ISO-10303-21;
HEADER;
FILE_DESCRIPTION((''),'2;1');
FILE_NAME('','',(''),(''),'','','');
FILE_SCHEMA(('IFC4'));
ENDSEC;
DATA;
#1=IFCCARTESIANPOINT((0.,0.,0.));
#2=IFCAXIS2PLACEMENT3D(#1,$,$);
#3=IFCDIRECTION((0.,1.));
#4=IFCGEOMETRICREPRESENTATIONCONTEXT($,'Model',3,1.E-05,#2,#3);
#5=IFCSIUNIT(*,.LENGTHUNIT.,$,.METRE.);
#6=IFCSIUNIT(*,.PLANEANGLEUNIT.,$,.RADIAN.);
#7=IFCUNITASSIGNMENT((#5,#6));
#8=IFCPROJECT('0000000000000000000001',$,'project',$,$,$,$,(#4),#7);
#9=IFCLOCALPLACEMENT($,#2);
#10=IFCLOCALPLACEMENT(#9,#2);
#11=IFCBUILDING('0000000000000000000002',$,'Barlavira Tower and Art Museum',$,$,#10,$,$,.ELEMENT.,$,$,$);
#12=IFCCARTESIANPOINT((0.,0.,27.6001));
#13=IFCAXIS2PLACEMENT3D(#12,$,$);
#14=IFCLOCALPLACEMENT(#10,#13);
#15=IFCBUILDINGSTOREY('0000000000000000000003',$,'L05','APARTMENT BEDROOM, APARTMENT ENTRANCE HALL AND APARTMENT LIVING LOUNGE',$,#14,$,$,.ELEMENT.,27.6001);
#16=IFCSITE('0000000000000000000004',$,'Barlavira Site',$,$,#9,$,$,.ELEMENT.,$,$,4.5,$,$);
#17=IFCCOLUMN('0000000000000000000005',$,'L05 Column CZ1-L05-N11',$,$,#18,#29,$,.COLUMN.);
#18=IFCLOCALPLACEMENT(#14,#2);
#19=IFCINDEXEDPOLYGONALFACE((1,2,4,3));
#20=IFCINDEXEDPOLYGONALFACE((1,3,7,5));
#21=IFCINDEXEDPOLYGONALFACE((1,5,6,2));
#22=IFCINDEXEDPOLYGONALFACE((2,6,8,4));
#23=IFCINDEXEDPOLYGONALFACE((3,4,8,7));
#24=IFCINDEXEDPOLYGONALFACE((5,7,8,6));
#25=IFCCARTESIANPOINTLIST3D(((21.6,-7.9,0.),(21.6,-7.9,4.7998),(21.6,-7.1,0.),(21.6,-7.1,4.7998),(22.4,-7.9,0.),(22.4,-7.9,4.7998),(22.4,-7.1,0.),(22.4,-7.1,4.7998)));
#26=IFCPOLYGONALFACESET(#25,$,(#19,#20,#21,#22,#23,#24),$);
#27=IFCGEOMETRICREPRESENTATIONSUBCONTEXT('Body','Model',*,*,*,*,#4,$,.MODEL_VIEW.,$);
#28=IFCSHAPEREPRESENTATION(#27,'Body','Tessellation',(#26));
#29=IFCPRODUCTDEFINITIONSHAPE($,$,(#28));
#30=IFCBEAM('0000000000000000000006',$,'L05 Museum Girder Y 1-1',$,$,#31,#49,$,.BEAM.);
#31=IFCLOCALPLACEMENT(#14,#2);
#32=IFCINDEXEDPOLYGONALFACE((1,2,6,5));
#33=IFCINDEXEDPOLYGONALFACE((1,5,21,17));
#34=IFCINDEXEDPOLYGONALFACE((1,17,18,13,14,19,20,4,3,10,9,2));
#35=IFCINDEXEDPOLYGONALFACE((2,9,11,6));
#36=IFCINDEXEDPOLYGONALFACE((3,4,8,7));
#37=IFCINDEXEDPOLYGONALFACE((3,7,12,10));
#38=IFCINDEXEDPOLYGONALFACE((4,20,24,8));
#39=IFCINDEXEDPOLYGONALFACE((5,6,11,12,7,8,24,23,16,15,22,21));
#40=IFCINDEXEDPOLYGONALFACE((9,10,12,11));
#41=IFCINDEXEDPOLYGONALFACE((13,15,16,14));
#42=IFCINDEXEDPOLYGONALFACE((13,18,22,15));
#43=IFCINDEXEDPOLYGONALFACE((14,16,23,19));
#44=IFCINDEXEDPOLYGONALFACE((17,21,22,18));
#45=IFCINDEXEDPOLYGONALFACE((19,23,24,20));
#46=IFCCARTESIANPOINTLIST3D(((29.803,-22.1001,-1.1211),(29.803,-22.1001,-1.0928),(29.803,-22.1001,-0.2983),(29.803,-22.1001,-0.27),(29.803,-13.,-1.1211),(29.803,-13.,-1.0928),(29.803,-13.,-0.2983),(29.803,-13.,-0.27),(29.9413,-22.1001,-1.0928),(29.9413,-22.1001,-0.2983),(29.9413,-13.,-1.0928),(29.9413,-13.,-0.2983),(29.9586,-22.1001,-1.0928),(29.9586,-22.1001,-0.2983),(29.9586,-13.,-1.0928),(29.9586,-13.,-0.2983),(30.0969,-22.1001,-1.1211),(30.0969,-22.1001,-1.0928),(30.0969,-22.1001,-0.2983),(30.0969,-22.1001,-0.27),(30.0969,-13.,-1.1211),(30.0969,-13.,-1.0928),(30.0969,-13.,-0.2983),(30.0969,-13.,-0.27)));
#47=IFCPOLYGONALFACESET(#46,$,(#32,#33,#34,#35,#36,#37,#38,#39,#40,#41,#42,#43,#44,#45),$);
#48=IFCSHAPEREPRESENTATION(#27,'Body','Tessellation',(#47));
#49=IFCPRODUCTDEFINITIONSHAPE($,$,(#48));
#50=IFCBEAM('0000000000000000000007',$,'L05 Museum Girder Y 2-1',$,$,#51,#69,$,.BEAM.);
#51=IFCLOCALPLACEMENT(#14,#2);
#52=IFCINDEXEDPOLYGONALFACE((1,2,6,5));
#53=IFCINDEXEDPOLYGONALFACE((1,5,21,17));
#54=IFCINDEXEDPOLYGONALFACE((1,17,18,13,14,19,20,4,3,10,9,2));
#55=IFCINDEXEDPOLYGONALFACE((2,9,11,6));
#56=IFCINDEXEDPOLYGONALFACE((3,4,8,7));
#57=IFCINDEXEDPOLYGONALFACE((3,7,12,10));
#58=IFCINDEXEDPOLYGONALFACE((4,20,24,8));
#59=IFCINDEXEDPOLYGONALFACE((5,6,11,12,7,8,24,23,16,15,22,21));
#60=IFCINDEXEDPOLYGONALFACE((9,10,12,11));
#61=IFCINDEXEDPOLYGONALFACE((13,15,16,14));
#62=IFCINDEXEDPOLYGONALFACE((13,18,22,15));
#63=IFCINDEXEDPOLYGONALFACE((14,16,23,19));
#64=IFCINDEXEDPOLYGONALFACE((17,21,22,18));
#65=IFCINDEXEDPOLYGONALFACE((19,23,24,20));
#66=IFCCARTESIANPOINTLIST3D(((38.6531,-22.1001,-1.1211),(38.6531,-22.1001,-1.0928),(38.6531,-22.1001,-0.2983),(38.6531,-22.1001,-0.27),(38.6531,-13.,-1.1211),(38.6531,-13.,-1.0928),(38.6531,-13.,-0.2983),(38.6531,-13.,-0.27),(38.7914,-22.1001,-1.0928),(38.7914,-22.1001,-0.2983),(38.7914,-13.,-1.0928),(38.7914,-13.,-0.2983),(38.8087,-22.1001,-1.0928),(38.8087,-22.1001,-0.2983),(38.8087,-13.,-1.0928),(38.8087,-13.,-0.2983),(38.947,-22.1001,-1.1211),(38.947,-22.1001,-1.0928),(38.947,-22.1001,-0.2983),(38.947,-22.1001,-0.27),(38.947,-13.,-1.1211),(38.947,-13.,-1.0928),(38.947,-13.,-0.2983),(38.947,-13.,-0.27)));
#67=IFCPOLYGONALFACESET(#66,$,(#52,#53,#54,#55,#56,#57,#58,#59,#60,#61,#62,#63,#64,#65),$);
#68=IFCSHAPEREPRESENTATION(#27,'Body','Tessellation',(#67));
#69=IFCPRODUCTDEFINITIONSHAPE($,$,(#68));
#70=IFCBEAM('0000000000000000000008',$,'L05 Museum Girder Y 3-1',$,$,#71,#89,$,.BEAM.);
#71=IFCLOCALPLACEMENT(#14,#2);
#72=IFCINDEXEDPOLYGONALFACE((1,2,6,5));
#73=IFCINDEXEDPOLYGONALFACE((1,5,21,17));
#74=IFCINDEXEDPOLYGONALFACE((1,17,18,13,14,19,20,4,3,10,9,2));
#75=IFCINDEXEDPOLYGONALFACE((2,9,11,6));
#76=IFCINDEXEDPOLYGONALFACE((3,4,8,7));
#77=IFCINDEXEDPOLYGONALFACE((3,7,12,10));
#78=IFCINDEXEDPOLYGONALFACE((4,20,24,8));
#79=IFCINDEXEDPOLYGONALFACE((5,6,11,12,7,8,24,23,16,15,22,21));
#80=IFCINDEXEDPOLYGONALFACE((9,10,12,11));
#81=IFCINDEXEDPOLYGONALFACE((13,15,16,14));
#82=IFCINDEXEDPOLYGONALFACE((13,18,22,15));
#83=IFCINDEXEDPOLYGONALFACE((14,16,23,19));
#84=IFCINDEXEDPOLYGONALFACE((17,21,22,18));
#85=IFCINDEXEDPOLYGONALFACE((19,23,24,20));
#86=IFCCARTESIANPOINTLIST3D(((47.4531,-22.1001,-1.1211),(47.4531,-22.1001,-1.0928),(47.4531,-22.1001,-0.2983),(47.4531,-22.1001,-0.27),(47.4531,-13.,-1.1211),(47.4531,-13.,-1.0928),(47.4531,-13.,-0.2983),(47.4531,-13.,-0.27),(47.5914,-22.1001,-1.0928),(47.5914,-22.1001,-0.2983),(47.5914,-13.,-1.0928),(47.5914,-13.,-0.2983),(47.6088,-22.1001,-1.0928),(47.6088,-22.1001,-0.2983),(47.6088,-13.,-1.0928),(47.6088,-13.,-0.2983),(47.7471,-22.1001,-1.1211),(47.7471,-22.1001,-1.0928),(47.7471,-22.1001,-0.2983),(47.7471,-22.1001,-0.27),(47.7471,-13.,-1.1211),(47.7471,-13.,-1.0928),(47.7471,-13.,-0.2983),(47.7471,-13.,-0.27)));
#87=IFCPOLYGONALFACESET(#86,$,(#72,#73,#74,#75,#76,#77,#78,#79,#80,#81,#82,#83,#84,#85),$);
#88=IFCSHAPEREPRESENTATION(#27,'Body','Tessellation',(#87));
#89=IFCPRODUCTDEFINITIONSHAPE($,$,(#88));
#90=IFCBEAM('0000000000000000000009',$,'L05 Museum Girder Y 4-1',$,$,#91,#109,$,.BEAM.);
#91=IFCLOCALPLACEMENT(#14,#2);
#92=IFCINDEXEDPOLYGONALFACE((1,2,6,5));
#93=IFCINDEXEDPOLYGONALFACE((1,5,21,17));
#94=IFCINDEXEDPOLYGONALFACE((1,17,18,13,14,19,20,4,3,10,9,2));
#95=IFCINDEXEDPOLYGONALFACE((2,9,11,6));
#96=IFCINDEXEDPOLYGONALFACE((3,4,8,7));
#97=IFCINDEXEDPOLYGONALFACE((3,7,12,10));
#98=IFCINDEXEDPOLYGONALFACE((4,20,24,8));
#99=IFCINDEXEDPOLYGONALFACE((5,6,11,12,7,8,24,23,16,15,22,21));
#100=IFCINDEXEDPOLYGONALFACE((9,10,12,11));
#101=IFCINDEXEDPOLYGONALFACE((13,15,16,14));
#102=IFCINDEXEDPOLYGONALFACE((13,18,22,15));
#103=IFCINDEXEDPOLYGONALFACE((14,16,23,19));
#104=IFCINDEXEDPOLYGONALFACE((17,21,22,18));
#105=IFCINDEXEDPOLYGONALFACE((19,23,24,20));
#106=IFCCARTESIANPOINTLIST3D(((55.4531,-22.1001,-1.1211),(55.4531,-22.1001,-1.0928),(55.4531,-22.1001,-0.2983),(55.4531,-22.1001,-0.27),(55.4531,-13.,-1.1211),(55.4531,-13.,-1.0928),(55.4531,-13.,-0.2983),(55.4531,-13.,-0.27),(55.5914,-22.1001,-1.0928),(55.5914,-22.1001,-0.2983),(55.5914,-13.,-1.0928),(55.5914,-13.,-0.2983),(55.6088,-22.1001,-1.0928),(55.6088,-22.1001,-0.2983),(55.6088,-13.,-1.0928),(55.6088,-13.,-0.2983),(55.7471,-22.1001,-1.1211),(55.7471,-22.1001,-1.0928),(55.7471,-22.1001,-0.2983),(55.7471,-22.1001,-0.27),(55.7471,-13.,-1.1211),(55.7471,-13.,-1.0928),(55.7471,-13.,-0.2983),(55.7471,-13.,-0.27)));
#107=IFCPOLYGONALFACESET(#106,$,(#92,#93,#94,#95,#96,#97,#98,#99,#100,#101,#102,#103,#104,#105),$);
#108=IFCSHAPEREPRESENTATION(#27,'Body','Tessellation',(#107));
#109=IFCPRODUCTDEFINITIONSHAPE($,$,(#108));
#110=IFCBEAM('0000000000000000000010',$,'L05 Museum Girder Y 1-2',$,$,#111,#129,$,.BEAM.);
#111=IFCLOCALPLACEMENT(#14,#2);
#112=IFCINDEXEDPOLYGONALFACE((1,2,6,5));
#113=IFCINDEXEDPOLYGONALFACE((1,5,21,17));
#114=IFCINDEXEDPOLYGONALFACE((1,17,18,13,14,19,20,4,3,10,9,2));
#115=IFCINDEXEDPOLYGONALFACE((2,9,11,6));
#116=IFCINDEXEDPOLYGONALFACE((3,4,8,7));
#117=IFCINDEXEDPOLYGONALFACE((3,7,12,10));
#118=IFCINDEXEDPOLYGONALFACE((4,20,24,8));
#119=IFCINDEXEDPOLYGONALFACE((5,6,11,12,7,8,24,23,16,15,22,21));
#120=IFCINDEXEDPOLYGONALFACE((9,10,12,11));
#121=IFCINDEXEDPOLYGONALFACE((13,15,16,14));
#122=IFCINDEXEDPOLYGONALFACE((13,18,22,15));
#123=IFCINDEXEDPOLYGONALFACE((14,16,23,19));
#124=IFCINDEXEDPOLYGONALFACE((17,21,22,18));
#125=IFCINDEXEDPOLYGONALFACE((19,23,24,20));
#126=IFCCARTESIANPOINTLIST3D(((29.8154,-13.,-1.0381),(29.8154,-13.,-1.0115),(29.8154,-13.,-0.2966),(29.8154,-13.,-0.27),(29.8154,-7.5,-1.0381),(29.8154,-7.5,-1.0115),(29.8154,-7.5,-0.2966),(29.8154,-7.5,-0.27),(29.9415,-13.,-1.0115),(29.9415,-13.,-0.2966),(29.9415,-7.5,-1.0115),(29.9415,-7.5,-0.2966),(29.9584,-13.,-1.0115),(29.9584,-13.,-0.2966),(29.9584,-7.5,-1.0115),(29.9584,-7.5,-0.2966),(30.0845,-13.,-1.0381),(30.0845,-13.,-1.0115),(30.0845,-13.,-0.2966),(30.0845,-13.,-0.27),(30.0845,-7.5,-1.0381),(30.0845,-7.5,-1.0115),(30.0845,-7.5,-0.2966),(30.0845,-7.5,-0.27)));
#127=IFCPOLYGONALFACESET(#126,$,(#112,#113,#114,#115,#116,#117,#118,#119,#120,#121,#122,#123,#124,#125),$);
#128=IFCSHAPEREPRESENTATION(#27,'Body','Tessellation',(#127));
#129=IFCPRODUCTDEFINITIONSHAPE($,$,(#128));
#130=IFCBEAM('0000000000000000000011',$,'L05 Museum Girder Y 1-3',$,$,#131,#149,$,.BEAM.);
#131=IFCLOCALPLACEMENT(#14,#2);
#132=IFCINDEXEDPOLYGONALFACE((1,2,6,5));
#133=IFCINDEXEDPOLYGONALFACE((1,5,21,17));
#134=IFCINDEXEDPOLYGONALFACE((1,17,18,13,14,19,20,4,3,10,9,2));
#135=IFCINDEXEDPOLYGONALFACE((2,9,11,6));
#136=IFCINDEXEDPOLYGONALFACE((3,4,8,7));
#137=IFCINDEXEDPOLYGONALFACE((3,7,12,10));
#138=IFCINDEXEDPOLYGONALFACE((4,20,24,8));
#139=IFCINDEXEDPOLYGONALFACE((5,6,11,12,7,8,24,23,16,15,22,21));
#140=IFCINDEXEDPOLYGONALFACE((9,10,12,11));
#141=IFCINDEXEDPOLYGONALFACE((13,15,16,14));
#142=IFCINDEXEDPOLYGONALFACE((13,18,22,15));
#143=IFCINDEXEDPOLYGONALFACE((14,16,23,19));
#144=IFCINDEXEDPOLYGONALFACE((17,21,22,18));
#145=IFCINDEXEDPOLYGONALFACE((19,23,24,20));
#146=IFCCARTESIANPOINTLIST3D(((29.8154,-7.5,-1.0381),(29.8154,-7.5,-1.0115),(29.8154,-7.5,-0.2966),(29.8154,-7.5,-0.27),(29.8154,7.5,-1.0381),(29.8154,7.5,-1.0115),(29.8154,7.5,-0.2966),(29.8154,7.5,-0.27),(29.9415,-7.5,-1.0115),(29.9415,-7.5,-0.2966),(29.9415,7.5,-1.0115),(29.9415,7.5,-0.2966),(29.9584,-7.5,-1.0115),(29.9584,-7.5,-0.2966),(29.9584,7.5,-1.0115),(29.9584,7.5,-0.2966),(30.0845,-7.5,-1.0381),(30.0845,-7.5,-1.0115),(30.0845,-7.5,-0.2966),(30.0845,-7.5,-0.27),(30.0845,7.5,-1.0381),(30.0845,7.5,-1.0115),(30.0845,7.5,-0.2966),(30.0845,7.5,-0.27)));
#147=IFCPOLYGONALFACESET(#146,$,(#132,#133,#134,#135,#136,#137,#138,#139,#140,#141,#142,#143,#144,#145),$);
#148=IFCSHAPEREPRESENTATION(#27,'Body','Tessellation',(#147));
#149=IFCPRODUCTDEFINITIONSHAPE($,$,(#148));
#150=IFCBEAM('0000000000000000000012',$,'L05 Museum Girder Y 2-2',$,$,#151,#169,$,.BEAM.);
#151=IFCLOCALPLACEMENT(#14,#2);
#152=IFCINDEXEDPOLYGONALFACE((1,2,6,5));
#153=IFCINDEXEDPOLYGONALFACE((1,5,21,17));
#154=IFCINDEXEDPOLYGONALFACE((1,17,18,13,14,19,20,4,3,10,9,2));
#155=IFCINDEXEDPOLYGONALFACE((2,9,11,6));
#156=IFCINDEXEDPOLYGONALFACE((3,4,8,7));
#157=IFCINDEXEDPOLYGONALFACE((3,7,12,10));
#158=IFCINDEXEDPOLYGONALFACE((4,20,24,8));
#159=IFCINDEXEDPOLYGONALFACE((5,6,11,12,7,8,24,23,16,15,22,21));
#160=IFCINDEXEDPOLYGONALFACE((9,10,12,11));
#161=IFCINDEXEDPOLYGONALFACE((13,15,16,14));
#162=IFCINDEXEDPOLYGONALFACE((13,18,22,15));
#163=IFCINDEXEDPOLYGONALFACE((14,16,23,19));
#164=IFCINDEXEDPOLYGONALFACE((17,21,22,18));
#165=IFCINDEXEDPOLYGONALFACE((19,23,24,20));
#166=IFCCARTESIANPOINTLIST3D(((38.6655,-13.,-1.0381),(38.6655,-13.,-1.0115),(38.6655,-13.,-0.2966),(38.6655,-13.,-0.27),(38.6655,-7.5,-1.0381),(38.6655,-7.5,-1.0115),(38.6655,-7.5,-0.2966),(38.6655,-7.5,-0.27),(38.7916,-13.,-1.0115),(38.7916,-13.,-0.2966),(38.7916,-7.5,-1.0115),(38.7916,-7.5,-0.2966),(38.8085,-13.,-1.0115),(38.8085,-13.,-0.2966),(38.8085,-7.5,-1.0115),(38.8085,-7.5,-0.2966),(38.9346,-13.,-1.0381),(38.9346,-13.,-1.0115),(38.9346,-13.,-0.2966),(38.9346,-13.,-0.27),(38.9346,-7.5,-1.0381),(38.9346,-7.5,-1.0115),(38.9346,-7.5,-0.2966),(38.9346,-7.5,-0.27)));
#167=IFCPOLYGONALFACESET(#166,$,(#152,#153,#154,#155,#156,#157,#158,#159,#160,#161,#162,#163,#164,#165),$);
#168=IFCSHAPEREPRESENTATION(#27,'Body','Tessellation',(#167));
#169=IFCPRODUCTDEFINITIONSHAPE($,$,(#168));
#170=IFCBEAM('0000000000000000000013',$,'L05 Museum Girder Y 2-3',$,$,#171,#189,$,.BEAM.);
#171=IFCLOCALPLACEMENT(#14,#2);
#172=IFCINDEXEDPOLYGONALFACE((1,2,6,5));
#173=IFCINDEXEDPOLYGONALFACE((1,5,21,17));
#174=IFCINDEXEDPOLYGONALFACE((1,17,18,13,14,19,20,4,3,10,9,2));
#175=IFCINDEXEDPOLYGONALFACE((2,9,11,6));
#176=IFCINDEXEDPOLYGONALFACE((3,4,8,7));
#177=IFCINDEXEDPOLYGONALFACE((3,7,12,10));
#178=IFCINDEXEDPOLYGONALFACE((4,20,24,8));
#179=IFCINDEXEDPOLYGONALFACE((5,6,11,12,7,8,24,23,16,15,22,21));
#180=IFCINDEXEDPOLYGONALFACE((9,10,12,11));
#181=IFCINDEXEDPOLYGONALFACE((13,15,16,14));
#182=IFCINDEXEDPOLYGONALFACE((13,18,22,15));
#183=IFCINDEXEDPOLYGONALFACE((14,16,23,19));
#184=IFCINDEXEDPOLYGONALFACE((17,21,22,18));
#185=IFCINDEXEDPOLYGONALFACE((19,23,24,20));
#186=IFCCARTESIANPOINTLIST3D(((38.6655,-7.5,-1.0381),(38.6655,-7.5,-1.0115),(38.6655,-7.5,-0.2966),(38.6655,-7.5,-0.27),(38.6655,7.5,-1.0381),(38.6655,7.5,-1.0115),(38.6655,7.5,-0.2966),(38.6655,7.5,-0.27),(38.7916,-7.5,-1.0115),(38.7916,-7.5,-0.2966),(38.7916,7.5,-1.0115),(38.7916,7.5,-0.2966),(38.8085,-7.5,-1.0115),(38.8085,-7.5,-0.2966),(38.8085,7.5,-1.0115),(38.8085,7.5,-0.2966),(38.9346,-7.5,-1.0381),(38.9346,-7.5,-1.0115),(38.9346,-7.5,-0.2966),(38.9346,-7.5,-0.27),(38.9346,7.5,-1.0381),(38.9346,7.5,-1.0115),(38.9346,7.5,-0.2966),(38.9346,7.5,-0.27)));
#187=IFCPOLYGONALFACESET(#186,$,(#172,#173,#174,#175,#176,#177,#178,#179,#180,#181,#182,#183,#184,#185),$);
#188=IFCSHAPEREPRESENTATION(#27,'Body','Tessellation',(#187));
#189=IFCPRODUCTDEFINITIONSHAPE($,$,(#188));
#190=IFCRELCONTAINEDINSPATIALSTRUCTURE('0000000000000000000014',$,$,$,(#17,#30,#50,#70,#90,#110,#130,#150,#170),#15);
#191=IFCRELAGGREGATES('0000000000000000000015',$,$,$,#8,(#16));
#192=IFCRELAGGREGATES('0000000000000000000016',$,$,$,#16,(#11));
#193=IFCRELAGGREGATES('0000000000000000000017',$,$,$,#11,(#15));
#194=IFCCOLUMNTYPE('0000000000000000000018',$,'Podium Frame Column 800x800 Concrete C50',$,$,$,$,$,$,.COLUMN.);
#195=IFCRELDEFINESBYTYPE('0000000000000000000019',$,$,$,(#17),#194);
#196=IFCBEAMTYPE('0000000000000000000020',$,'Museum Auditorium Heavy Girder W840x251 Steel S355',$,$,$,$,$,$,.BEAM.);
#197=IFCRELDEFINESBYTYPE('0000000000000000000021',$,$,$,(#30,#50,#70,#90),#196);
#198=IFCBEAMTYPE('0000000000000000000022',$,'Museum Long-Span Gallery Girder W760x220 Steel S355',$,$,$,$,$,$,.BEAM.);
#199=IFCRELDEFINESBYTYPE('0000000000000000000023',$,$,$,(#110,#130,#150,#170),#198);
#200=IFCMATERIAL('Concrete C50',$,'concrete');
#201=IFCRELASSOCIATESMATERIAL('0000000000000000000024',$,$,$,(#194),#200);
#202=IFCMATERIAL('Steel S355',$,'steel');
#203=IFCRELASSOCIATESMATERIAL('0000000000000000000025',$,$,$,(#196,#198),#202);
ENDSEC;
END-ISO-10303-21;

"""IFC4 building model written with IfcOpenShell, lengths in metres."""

from ifc_helpers import new_model, si_unit, direction, frame, origin, origin_2d, place, context, subcontext, project, spatial, rectangle, i_section, extrude, material, material_profile, profile_set, type_object, element, save


model = new_model("IFC4")

# Units and contexts
model_context = context("Model", 3, precision=1e-05, world=origin(), true_north=direction((0.0, 1.0)))
body_context = subcontext(model_context, "Body", "Model", "MODEL_VIEW")
ifc_project = project(units=[si_unit("LENGTHUNIT", "METRE"), si_unit("PLANEANGLEUNIT", "RADIAN")], contexts=[model_context])

# Site, building, storey
site_placement = place(None, origin())
site = spatial("IfcSite", under=ifc_project, at=site_placement, Name="Barlavira Site", CompositionType="ELEMENT", RefElevation=4.5)
building_placement = place(site_placement, origin())
building = spatial("IfcBuilding", under=site, at=building_placement, Name="Barlavira Tower and Art Museum", CompositionType="ELEMENT")
storey_placement = place(building_placement, frame((0.0, 0.0, 27.6001)))
storey = spatial("IfcBuildingStorey", under=building, at=storey_placement, Name="L05", Description="APARTMENT BEDROOM, APARTMENT ENTRANCE HALL AND APARTMENT LIVING LOUNGE", CompositionType="ELEMENT", Elevation=27.6001)

# Column
ifc_material_1 = material(Name="Concrete C50", Category="concrete")
ifc_material_profile_1 = material_profile(ifc_material_1, rectangle(XDim=0.8, YDim=0.8, at=origin_2d()), Name="RC-COL 800x800")
ifc_profile_set_1 = profile_set([ifc_material_profile_1], Name="Concrete C50")
column_type = type_object("IfcColumnType", Name="Podium Frame Column 800x800 Concrete C50", PredefinedType="COLUMN", material=ifc_profile_set_1)
column_placement = place(storey_placement, frame((22.0, -7.5, 0.0), z_axis=(0.0, 0.0, 1.0), x_axis=(1.0, 0.0, 0.0)))
element("IfcColumn", 1, at=column_placement, inside=storey, type_object=column_type, Name="L05 Column CZ1-L05-N11", PredefinedType="COLUMN", context=body_context, shape_type="SweptSolid", body=[
    extrude(rectangle(XDim=0.8, YDim=0.8, at=origin_2d()), origin(), (0.0, 0.0, 1.0), 4.7998),
])

# Beams
ifc_material_2 = material(Name="Steel S355", Category="steel")
ifc_material_profile_2 = material_profile(ifc_material_2, i_section(OverallWidth=0.2939, OverallDepth=0.8511, WebThickness=0.0173, FlangeThickness=0.0283, at=origin_2d()), Name="W840x251.0")
ifc_profile_set_2 = profile_set([ifc_material_profile_2], Name="Steel S355")
beam_type_1 = type_object("IfcBeamType", Name="Museum Auditorium Heavy Girder W840x251 Steel S355", PredefinedType="BEAM", material=ifc_profile_set_2)
for number, where, z_axis, x_axis, name in (
    (2, (29.95, -22.1001, -0.6956), (0.0, 1.0, 0.0), (-1.0, 0.0, 0.0), "L05 Museum Girder Y 1-1"),
    (3, (38.8, -22.1001, -0.6956), (0.0, 1.0, 0.0), (-1.0, 0.0, 0.0), "L05 Museum Girder Y 2-1"),
    (4, (47.6001, -22.1001, -0.6956), (0.0, 1.0, 0.0), (-1.0, 0.0, 0.0), "L05 Museum Girder Y 3-1"),
    (5, (55.6001, -22.1001, -0.6956), (0.0, 1.0, 0.0), (-1.0, 0.0, 0.0), "L05 Museum Girder Y 4-1"),
):
    element("IfcBeam", number, at=place(storey_placement, frame(where, z_axis=z_axis, x_axis=x_axis)), inside=storey, type_object=beam_type_1, Name=name, PredefinedType="BEAM", context=body_context, shape_type="SweptSolid", body=[
        extrude(i_section(OverallWidth=0.2939, OverallDepth=0.8511, WebThickness=0.0173, FlangeThickness=0.0283, at=origin_2d()), origin(), (0.0, 0.0, 1.0), 9.1001),
    ])
ifc_material_profile_3 = material_profile(ifc_material_2, i_section(OverallWidth=0.269, OverallDepth=0.7681, WebThickness=0.0168, FlangeThickness=0.0266, at=origin_2d()), Name="W760x220.0")
ifc_profile_set_3 = profile_set([ifc_material_profile_3], Name="Steel S355")
beam_type_2 = type_object("IfcBeamType", Name="Museum Long-Span Gallery Girder W760x220 Steel S355", PredefinedType="BEAM", material=ifc_profile_set_3)
beam_1_placement = place(storey_placement, frame((29.95, -13.0, -0.6541), z_axis=(0.0, 1.0, 0.0), x_axis=(-1.0, 0.0, 0.0)))
element("IfcBeam", 6, at=beam_1_placement, inside=storey, type_object=beam_type_2, Name="L05 Museum Girder Y 1-2", PredefinedType="BEAM", context=body_context, shape_type="SweptSolid", body=[
    extrude(i_section(OverallWidth=0.269, OverallDepth=0.7681, WebThickness=0.0168, FlangeThickness=0.0266, at=origin_2d()), origin(), (0.0, 0.0, 1.0), 5.5),
])
beam_2_placement = place(storey_placement, frame((29.95, -7.5, -0.6541), z_axis=(0.0, 1.0, 0.0), x_axis=(-1.0, 0.0, 0.0)))
element("IfcBeam", 7, at=beam_2_placement, inside=storey, type_object=beam_type_2, Name="L05 Museum Girder Y 1-3", PredefinedType="BEAM", context=body_context, shape_type="SweptSolid", body=[
    extrude(i_section(OverallWidth=0.269, OverallDepth=0.7681, WebThickness=0.0168, FlangeThickness=0.0266, at=origin_2d()), origin(), (0.0, 0.0, 1.0), 15.0),
])
beam_3_placement = place(storey_placement, frame((38.8, -13.0, -0.6541), z_axis=(0.0, 1.0, 0.0), x_axis=(-1.0, 0.0, 0.0)))
element("IfcBeam", 8, at=beam_3_placement, inside=storey, type_object=beam_type_2, Name="L05 Museum Girder Y 2-2", PredefinedType="BEAM", context=body_context, shape_type="SweptSolid", body=[
    extrude(i_section(OverallWidth=0.269, OverallDepth=0.7681, WebThickness=0.0168, FlangeThickness=0.0266, at=origin_2d()), origin(), (0.0, 0.0, 1.0), 5.5),
])
beam_4_placement = place(storey_placement, frame((38.8, -7.5, -0.6541), z_axis=(0.0, 1.0, 0.0), x_axis=(-1.0, 0.0, 0.0)))
element("IfcBeam", 9, at=beam_4_placement, inside=storey, type_object=beam_type_2, Name="L05 Museum Girder Y 2-3", PredefinedType="BEAM", context=body_context, shape_type="SweptSolid", body=[
    extrude(i_section(OverallWidth=0.269, OverallDepth=0.7681, WebThickness=0.0168, FlangeThickness=0.0266, at=origin_2d()), origin(), (0.0, 0.0, 1.0), 15.0),
])

save(model, "model.ifc")
